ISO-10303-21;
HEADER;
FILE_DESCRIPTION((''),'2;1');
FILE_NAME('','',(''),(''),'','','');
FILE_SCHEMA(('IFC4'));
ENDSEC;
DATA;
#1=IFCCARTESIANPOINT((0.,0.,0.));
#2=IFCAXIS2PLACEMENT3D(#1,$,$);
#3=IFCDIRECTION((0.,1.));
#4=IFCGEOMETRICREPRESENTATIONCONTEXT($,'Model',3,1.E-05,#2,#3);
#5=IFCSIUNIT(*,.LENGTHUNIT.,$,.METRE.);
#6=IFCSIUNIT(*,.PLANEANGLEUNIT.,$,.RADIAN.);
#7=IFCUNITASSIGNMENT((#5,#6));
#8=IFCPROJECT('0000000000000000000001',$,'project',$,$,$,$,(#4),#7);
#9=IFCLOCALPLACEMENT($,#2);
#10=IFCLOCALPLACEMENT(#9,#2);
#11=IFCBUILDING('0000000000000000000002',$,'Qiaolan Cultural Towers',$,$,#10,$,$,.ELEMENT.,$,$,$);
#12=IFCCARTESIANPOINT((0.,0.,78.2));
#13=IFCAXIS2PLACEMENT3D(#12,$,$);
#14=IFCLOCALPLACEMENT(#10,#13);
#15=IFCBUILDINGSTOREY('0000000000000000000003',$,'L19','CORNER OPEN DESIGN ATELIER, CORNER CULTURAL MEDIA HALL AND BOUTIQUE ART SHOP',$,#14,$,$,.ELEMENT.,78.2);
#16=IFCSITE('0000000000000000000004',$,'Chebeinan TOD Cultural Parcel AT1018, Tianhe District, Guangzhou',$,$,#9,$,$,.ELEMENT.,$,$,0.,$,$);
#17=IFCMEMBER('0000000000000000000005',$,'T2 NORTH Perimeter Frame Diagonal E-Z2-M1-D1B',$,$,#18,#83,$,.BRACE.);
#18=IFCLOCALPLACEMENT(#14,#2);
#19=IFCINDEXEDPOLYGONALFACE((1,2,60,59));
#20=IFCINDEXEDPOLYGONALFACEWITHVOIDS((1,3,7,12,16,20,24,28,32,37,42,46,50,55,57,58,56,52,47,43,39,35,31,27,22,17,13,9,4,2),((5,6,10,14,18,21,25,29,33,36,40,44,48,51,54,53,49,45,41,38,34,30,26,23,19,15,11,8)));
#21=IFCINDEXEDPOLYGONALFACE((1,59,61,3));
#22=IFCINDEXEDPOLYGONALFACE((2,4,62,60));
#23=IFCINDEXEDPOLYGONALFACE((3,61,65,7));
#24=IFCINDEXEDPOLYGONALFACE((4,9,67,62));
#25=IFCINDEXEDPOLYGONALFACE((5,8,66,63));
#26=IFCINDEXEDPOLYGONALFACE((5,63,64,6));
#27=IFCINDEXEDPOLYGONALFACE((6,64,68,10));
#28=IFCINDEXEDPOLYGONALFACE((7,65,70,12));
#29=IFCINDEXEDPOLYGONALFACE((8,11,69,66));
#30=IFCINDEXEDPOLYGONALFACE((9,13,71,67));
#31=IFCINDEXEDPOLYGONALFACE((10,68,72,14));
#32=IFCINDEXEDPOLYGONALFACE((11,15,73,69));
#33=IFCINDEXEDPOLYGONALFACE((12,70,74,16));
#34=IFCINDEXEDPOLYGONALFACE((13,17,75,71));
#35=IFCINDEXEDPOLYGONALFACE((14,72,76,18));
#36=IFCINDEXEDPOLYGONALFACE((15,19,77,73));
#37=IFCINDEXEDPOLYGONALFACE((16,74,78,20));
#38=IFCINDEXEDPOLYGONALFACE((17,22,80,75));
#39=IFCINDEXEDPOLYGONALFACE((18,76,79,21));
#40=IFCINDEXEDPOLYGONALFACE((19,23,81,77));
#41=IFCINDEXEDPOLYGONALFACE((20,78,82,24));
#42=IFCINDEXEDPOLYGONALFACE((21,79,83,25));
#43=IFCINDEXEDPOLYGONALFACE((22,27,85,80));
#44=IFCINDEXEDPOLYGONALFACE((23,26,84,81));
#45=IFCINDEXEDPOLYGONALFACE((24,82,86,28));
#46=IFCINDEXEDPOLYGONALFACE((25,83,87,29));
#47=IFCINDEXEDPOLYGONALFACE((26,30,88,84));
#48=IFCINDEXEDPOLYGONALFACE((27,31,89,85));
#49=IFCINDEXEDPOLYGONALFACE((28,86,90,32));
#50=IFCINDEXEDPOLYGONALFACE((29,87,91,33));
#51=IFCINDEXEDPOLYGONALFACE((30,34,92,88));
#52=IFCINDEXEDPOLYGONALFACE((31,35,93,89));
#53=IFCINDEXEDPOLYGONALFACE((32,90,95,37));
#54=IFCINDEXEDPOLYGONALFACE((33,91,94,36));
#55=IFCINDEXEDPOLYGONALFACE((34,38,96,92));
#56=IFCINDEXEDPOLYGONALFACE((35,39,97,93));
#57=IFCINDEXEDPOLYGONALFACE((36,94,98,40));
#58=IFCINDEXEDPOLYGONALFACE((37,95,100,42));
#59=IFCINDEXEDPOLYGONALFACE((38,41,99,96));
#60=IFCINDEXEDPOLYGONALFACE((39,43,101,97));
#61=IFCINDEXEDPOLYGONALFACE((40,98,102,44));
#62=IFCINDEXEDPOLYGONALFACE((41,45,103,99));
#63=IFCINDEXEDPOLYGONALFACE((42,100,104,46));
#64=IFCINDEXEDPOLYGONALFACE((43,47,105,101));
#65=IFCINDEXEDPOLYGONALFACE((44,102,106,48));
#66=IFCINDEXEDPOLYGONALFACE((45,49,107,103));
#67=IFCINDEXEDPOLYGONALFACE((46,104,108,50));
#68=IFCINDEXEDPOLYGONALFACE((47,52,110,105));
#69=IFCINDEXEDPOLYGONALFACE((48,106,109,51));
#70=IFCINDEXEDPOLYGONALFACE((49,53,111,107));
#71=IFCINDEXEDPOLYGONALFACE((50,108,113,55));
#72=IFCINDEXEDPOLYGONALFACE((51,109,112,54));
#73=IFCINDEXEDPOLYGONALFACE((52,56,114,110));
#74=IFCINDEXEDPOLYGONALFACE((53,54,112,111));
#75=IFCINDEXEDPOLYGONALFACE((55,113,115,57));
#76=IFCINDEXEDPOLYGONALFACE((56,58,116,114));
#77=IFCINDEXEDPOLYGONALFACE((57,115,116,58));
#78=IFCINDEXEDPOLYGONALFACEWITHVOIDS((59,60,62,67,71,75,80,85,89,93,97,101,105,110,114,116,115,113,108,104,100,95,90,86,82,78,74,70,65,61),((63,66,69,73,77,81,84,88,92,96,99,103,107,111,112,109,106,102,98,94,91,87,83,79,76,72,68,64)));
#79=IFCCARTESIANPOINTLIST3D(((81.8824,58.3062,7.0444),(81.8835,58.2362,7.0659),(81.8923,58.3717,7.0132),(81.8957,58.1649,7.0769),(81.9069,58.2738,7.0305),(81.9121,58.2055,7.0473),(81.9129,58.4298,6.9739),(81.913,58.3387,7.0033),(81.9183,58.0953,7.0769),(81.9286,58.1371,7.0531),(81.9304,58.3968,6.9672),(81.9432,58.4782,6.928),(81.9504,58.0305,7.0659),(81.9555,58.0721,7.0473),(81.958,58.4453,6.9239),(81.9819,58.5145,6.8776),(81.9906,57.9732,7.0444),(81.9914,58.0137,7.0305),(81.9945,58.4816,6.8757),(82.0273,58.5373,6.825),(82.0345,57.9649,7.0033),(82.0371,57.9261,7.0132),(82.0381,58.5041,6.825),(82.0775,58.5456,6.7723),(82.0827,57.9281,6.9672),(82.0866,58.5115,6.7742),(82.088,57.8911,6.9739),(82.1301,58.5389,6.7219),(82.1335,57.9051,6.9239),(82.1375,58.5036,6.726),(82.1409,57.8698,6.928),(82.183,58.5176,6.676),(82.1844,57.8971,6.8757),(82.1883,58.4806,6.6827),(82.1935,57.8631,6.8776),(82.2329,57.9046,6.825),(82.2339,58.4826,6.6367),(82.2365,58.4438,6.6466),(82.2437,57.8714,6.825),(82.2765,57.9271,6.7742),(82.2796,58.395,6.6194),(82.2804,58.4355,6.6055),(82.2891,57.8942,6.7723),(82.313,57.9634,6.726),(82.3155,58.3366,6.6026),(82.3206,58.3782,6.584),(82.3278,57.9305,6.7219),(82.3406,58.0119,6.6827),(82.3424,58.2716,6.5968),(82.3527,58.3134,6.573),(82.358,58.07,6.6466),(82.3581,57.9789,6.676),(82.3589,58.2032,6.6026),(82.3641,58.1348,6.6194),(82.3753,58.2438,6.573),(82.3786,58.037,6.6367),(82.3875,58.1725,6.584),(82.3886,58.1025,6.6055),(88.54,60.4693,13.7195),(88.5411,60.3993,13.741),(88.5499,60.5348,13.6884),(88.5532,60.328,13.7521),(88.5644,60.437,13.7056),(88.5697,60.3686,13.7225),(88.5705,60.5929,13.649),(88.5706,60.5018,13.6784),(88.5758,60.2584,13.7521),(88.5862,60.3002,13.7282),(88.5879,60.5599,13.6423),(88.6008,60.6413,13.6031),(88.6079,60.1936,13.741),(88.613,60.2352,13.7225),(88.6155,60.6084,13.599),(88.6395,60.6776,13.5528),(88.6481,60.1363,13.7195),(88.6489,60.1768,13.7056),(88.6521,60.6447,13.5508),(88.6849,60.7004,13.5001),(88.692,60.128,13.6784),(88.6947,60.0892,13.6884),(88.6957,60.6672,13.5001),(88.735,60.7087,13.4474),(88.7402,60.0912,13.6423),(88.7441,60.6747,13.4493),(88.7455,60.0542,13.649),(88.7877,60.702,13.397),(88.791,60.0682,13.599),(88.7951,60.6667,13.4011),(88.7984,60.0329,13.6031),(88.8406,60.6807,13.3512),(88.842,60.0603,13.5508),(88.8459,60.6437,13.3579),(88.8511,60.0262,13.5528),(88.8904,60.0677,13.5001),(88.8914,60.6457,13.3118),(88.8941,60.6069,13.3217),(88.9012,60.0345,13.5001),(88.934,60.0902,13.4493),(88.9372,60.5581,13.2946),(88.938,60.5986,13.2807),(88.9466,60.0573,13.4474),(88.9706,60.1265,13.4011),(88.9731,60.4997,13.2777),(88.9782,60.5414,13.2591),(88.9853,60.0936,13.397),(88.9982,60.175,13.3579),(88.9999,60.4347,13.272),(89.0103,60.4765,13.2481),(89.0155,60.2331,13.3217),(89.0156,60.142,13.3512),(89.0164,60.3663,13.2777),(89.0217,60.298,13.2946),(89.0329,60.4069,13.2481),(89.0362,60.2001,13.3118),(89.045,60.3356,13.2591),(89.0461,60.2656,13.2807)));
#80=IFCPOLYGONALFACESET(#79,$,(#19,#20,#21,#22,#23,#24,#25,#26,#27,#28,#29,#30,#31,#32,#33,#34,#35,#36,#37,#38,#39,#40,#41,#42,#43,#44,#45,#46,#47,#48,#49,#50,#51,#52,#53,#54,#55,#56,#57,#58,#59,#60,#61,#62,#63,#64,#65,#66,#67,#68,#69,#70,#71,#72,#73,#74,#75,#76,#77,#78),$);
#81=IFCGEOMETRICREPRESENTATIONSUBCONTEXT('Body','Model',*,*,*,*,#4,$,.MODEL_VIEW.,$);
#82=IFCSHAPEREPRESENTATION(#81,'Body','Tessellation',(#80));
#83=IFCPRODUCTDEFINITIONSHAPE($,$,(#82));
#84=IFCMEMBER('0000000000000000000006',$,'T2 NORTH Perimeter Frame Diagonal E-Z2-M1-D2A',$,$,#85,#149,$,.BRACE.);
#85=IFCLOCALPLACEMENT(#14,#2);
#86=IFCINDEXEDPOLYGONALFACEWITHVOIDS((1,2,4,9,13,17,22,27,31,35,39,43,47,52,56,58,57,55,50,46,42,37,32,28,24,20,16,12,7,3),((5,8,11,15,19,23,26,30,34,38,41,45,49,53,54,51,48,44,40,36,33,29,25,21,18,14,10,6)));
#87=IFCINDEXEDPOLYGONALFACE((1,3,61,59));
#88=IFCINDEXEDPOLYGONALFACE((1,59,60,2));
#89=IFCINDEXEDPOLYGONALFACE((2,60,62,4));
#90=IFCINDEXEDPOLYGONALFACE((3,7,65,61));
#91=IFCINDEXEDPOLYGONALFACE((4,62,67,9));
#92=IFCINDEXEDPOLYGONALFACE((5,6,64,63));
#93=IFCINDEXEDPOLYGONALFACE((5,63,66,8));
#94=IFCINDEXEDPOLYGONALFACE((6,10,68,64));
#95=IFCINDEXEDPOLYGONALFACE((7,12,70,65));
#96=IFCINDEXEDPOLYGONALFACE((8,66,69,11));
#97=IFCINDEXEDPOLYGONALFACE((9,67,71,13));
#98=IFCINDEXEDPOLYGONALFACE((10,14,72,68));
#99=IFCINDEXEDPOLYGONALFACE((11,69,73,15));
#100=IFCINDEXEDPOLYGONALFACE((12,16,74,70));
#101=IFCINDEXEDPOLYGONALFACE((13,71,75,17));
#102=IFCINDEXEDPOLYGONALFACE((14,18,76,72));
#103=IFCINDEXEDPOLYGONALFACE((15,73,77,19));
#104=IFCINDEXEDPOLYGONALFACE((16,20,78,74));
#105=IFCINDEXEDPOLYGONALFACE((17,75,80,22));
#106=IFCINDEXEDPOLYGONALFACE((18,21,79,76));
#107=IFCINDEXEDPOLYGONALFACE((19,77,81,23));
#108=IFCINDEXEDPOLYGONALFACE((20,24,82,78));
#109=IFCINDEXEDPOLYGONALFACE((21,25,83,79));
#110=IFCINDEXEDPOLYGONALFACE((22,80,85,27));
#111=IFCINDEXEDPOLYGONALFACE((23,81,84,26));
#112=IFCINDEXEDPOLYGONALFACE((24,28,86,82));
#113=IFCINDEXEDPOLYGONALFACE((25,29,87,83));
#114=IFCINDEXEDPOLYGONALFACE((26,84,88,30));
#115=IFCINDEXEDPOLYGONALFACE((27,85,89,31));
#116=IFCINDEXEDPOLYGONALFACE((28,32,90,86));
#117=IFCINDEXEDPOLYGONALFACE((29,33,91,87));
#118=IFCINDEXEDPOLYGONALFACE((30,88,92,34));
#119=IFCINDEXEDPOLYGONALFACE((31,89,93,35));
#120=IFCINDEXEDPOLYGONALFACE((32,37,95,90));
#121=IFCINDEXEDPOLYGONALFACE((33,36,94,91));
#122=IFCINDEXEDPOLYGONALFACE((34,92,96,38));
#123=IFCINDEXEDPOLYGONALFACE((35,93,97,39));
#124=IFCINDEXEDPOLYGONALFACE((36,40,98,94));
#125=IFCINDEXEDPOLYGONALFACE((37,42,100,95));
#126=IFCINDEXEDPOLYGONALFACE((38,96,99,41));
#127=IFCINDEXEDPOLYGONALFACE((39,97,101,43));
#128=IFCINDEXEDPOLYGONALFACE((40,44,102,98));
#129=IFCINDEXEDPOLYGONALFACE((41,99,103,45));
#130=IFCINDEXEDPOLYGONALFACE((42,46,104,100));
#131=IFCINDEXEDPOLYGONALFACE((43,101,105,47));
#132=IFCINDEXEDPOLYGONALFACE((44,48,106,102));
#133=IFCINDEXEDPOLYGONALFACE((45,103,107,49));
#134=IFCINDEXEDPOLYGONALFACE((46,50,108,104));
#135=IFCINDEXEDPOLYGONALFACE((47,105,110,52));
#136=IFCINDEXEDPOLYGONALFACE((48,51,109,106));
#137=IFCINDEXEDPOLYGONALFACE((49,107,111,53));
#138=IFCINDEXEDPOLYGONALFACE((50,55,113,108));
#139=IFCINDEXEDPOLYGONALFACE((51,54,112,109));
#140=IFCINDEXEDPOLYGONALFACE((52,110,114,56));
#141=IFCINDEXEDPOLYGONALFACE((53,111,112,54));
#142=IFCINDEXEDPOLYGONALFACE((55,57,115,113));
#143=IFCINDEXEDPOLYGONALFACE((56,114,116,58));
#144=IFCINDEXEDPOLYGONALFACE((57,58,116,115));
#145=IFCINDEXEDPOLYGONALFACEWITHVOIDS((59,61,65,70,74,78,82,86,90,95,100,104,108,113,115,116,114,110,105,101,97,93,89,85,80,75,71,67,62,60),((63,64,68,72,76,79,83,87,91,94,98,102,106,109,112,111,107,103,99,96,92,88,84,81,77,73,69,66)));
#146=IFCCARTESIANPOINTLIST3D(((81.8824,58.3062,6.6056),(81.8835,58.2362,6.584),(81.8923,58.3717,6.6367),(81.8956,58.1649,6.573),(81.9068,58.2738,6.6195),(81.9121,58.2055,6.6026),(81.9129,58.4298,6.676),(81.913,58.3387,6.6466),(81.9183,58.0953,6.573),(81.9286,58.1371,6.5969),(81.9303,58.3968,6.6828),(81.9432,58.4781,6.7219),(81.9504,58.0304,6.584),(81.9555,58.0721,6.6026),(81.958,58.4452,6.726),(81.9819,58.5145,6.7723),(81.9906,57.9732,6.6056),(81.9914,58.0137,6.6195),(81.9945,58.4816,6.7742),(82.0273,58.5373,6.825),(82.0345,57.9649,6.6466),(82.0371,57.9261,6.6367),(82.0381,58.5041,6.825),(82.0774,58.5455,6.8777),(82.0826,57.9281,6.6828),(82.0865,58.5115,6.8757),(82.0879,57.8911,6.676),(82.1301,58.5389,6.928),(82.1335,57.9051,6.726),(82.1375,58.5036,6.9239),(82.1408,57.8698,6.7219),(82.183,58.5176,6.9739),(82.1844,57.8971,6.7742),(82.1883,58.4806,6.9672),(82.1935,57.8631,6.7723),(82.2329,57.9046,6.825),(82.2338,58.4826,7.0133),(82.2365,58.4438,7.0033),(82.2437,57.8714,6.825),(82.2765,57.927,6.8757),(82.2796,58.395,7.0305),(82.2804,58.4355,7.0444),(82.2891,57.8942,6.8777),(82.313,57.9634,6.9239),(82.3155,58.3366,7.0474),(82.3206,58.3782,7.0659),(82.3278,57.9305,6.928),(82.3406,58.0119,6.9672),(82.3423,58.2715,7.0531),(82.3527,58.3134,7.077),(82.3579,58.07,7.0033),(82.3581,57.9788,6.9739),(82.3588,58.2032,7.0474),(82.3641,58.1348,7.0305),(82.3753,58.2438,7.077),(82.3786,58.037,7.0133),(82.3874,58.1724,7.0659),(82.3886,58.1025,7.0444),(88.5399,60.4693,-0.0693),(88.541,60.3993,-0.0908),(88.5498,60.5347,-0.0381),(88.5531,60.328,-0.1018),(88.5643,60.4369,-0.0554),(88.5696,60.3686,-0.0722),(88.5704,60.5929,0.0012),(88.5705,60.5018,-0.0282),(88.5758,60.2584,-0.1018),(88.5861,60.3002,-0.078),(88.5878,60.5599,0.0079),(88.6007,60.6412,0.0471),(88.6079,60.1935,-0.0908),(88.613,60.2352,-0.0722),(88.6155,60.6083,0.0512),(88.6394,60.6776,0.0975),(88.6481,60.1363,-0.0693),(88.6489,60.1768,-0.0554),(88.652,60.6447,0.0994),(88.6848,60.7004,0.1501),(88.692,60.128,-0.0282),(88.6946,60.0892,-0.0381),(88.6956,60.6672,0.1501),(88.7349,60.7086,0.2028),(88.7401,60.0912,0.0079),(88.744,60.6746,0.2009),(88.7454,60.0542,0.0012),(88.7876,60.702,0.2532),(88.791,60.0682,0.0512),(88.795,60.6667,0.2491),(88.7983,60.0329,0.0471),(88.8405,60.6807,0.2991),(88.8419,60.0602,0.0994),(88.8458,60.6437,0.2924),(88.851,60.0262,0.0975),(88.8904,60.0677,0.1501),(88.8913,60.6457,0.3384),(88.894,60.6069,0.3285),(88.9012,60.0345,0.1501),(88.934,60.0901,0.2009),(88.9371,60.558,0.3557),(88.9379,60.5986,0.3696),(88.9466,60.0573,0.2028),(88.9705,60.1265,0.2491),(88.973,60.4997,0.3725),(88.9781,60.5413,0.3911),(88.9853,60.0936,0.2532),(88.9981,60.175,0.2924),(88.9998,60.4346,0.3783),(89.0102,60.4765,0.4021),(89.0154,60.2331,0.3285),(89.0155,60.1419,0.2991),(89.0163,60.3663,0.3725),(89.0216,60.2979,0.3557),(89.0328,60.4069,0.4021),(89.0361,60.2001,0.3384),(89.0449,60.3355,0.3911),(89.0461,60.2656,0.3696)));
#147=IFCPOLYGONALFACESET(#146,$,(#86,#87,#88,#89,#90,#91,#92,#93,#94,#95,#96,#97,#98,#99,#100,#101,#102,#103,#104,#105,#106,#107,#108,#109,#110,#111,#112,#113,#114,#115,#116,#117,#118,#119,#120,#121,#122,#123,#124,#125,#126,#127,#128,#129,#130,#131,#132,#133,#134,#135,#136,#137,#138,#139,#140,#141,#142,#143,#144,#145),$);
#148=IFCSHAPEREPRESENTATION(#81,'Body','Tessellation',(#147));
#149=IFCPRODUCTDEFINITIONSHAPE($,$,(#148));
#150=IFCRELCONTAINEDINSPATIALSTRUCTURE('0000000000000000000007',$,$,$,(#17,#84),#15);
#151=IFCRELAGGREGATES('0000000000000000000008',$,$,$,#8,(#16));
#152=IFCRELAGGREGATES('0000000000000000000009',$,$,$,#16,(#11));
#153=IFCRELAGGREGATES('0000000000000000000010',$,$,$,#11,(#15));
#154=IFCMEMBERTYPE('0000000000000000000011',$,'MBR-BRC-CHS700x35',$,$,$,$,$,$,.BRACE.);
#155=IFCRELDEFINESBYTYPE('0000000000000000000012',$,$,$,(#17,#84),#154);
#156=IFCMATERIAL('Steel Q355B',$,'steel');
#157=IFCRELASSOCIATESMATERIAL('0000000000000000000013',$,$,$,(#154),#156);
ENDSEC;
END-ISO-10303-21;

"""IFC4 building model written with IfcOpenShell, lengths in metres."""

from ifc_helpers import new_model, si_unit, direction, frame, origin, origin_2d, place, context, subcontext, project, spatial, hollow_circle, extrude, material, material_profile, profile_set, type_object, element, save


model = new_model("IFC4")

# Units and contexts
model_context = context("Model", 3, precision=1e-05, world=origin(), true_north=direction((0.0, 1.0)))
body_context = subcontext(model_context, "Body", "Model", "MODEL_VIEW")
ifc_project = project(units=[si_unit("LENGTHUNIT", "METRE"), si_unit("PLANEANGLEUNIT", "RADIAN")], contexts=[model_context])

# Site, building, storey
site_placement = place(None, origin())
site = spatial("IfcSite", under=ifc_project, at=site_placement, Name="Chebeinan TOD Cultural Parcel AT1018, Tianhe District, Guangzhou", CompositionType="ELEMENT", RefElevation=0.0)
building_placement = place(site_placement, origin())
building = spatial("IfcBuilding", under=site, at=building_placement, Name="Qiaolan Cultural Towers", CompositionType="ELEMENT")
storey_placement = place(building_placement, frame((0.0, 0.0, 78.2)))
storey = spatial("IfcBuildingStorey", under=building, at=storey_placement, Name="L19", Description="CORNER OPEN DESIGN ATELIER, CORNER CULTURAL MEDIA HALL AND BOUTIQUE ART SHOP", CompositionType="ELEMENT", Elevation=78.2)

# Members
ifc_material_1 = material(Name="Steel Q355B", Category="steel")
ifc_material_profile_1 = material_profile(ifc_material_1, hollow_circle(Radius=0.3501, WallThickness=0.0349, at=origin_2d()), Name="CHS700x35")
ifc_profile_set_1 = profile_set([ifc_material_profile_1], Name="Steel Q355B")
member_type = type_object("IfcMemberType", Name="MBR-BRC-CHS700x35", PredefinedType="BRACE", material=ifc_profile_set_1)
member_1_placement = place(storey_placement, frame((82.1355, 58.2043, 6.825), z_axis=(0.688289, 0.223633, 0.690106), x_axis=(-0.30901, 0.951059, 0.0)))
element("IfcMember", 1, at=member_1_placement, inside=storey, type_object=member_type, Name="T2 NORTH Perimeter Frame Diagonal E-Z2-M1-D1B", PredefinedType="BRACE", context=body_context, shape_type="SweptSolid", body=[
    extrude(hollow_circle(Radius=0.3501, WallThickness=0.0349, at=origin_2d()), origin(), (0.0, 0.0, 1.0), 9.6726),
])
member_2_placement = place(storey_placement, frame((88.793, 60.3674, 0.1501), z_axis=(-0.688301, -0.223637, 0.690093), x_axis=(0.30901, -0.951059, 0.0)))
element("IfcMember", 2, at=member_2_placement, inside=storey, type_object=member_type, Name="T2 NORTH Perimeter Frame Diagonal E-Z2-M1-D2A", PredefinedType="BRACE", context=body_context, shape_type="SweptSolid", body=[
    extrude(hollow_circle(Radius=0.3501, WallThickness=0.0349, at=origin_2d()), origin(), (0.0, 0.0, 1.0), 9.6724),
])

save(model, "model.ifc")
